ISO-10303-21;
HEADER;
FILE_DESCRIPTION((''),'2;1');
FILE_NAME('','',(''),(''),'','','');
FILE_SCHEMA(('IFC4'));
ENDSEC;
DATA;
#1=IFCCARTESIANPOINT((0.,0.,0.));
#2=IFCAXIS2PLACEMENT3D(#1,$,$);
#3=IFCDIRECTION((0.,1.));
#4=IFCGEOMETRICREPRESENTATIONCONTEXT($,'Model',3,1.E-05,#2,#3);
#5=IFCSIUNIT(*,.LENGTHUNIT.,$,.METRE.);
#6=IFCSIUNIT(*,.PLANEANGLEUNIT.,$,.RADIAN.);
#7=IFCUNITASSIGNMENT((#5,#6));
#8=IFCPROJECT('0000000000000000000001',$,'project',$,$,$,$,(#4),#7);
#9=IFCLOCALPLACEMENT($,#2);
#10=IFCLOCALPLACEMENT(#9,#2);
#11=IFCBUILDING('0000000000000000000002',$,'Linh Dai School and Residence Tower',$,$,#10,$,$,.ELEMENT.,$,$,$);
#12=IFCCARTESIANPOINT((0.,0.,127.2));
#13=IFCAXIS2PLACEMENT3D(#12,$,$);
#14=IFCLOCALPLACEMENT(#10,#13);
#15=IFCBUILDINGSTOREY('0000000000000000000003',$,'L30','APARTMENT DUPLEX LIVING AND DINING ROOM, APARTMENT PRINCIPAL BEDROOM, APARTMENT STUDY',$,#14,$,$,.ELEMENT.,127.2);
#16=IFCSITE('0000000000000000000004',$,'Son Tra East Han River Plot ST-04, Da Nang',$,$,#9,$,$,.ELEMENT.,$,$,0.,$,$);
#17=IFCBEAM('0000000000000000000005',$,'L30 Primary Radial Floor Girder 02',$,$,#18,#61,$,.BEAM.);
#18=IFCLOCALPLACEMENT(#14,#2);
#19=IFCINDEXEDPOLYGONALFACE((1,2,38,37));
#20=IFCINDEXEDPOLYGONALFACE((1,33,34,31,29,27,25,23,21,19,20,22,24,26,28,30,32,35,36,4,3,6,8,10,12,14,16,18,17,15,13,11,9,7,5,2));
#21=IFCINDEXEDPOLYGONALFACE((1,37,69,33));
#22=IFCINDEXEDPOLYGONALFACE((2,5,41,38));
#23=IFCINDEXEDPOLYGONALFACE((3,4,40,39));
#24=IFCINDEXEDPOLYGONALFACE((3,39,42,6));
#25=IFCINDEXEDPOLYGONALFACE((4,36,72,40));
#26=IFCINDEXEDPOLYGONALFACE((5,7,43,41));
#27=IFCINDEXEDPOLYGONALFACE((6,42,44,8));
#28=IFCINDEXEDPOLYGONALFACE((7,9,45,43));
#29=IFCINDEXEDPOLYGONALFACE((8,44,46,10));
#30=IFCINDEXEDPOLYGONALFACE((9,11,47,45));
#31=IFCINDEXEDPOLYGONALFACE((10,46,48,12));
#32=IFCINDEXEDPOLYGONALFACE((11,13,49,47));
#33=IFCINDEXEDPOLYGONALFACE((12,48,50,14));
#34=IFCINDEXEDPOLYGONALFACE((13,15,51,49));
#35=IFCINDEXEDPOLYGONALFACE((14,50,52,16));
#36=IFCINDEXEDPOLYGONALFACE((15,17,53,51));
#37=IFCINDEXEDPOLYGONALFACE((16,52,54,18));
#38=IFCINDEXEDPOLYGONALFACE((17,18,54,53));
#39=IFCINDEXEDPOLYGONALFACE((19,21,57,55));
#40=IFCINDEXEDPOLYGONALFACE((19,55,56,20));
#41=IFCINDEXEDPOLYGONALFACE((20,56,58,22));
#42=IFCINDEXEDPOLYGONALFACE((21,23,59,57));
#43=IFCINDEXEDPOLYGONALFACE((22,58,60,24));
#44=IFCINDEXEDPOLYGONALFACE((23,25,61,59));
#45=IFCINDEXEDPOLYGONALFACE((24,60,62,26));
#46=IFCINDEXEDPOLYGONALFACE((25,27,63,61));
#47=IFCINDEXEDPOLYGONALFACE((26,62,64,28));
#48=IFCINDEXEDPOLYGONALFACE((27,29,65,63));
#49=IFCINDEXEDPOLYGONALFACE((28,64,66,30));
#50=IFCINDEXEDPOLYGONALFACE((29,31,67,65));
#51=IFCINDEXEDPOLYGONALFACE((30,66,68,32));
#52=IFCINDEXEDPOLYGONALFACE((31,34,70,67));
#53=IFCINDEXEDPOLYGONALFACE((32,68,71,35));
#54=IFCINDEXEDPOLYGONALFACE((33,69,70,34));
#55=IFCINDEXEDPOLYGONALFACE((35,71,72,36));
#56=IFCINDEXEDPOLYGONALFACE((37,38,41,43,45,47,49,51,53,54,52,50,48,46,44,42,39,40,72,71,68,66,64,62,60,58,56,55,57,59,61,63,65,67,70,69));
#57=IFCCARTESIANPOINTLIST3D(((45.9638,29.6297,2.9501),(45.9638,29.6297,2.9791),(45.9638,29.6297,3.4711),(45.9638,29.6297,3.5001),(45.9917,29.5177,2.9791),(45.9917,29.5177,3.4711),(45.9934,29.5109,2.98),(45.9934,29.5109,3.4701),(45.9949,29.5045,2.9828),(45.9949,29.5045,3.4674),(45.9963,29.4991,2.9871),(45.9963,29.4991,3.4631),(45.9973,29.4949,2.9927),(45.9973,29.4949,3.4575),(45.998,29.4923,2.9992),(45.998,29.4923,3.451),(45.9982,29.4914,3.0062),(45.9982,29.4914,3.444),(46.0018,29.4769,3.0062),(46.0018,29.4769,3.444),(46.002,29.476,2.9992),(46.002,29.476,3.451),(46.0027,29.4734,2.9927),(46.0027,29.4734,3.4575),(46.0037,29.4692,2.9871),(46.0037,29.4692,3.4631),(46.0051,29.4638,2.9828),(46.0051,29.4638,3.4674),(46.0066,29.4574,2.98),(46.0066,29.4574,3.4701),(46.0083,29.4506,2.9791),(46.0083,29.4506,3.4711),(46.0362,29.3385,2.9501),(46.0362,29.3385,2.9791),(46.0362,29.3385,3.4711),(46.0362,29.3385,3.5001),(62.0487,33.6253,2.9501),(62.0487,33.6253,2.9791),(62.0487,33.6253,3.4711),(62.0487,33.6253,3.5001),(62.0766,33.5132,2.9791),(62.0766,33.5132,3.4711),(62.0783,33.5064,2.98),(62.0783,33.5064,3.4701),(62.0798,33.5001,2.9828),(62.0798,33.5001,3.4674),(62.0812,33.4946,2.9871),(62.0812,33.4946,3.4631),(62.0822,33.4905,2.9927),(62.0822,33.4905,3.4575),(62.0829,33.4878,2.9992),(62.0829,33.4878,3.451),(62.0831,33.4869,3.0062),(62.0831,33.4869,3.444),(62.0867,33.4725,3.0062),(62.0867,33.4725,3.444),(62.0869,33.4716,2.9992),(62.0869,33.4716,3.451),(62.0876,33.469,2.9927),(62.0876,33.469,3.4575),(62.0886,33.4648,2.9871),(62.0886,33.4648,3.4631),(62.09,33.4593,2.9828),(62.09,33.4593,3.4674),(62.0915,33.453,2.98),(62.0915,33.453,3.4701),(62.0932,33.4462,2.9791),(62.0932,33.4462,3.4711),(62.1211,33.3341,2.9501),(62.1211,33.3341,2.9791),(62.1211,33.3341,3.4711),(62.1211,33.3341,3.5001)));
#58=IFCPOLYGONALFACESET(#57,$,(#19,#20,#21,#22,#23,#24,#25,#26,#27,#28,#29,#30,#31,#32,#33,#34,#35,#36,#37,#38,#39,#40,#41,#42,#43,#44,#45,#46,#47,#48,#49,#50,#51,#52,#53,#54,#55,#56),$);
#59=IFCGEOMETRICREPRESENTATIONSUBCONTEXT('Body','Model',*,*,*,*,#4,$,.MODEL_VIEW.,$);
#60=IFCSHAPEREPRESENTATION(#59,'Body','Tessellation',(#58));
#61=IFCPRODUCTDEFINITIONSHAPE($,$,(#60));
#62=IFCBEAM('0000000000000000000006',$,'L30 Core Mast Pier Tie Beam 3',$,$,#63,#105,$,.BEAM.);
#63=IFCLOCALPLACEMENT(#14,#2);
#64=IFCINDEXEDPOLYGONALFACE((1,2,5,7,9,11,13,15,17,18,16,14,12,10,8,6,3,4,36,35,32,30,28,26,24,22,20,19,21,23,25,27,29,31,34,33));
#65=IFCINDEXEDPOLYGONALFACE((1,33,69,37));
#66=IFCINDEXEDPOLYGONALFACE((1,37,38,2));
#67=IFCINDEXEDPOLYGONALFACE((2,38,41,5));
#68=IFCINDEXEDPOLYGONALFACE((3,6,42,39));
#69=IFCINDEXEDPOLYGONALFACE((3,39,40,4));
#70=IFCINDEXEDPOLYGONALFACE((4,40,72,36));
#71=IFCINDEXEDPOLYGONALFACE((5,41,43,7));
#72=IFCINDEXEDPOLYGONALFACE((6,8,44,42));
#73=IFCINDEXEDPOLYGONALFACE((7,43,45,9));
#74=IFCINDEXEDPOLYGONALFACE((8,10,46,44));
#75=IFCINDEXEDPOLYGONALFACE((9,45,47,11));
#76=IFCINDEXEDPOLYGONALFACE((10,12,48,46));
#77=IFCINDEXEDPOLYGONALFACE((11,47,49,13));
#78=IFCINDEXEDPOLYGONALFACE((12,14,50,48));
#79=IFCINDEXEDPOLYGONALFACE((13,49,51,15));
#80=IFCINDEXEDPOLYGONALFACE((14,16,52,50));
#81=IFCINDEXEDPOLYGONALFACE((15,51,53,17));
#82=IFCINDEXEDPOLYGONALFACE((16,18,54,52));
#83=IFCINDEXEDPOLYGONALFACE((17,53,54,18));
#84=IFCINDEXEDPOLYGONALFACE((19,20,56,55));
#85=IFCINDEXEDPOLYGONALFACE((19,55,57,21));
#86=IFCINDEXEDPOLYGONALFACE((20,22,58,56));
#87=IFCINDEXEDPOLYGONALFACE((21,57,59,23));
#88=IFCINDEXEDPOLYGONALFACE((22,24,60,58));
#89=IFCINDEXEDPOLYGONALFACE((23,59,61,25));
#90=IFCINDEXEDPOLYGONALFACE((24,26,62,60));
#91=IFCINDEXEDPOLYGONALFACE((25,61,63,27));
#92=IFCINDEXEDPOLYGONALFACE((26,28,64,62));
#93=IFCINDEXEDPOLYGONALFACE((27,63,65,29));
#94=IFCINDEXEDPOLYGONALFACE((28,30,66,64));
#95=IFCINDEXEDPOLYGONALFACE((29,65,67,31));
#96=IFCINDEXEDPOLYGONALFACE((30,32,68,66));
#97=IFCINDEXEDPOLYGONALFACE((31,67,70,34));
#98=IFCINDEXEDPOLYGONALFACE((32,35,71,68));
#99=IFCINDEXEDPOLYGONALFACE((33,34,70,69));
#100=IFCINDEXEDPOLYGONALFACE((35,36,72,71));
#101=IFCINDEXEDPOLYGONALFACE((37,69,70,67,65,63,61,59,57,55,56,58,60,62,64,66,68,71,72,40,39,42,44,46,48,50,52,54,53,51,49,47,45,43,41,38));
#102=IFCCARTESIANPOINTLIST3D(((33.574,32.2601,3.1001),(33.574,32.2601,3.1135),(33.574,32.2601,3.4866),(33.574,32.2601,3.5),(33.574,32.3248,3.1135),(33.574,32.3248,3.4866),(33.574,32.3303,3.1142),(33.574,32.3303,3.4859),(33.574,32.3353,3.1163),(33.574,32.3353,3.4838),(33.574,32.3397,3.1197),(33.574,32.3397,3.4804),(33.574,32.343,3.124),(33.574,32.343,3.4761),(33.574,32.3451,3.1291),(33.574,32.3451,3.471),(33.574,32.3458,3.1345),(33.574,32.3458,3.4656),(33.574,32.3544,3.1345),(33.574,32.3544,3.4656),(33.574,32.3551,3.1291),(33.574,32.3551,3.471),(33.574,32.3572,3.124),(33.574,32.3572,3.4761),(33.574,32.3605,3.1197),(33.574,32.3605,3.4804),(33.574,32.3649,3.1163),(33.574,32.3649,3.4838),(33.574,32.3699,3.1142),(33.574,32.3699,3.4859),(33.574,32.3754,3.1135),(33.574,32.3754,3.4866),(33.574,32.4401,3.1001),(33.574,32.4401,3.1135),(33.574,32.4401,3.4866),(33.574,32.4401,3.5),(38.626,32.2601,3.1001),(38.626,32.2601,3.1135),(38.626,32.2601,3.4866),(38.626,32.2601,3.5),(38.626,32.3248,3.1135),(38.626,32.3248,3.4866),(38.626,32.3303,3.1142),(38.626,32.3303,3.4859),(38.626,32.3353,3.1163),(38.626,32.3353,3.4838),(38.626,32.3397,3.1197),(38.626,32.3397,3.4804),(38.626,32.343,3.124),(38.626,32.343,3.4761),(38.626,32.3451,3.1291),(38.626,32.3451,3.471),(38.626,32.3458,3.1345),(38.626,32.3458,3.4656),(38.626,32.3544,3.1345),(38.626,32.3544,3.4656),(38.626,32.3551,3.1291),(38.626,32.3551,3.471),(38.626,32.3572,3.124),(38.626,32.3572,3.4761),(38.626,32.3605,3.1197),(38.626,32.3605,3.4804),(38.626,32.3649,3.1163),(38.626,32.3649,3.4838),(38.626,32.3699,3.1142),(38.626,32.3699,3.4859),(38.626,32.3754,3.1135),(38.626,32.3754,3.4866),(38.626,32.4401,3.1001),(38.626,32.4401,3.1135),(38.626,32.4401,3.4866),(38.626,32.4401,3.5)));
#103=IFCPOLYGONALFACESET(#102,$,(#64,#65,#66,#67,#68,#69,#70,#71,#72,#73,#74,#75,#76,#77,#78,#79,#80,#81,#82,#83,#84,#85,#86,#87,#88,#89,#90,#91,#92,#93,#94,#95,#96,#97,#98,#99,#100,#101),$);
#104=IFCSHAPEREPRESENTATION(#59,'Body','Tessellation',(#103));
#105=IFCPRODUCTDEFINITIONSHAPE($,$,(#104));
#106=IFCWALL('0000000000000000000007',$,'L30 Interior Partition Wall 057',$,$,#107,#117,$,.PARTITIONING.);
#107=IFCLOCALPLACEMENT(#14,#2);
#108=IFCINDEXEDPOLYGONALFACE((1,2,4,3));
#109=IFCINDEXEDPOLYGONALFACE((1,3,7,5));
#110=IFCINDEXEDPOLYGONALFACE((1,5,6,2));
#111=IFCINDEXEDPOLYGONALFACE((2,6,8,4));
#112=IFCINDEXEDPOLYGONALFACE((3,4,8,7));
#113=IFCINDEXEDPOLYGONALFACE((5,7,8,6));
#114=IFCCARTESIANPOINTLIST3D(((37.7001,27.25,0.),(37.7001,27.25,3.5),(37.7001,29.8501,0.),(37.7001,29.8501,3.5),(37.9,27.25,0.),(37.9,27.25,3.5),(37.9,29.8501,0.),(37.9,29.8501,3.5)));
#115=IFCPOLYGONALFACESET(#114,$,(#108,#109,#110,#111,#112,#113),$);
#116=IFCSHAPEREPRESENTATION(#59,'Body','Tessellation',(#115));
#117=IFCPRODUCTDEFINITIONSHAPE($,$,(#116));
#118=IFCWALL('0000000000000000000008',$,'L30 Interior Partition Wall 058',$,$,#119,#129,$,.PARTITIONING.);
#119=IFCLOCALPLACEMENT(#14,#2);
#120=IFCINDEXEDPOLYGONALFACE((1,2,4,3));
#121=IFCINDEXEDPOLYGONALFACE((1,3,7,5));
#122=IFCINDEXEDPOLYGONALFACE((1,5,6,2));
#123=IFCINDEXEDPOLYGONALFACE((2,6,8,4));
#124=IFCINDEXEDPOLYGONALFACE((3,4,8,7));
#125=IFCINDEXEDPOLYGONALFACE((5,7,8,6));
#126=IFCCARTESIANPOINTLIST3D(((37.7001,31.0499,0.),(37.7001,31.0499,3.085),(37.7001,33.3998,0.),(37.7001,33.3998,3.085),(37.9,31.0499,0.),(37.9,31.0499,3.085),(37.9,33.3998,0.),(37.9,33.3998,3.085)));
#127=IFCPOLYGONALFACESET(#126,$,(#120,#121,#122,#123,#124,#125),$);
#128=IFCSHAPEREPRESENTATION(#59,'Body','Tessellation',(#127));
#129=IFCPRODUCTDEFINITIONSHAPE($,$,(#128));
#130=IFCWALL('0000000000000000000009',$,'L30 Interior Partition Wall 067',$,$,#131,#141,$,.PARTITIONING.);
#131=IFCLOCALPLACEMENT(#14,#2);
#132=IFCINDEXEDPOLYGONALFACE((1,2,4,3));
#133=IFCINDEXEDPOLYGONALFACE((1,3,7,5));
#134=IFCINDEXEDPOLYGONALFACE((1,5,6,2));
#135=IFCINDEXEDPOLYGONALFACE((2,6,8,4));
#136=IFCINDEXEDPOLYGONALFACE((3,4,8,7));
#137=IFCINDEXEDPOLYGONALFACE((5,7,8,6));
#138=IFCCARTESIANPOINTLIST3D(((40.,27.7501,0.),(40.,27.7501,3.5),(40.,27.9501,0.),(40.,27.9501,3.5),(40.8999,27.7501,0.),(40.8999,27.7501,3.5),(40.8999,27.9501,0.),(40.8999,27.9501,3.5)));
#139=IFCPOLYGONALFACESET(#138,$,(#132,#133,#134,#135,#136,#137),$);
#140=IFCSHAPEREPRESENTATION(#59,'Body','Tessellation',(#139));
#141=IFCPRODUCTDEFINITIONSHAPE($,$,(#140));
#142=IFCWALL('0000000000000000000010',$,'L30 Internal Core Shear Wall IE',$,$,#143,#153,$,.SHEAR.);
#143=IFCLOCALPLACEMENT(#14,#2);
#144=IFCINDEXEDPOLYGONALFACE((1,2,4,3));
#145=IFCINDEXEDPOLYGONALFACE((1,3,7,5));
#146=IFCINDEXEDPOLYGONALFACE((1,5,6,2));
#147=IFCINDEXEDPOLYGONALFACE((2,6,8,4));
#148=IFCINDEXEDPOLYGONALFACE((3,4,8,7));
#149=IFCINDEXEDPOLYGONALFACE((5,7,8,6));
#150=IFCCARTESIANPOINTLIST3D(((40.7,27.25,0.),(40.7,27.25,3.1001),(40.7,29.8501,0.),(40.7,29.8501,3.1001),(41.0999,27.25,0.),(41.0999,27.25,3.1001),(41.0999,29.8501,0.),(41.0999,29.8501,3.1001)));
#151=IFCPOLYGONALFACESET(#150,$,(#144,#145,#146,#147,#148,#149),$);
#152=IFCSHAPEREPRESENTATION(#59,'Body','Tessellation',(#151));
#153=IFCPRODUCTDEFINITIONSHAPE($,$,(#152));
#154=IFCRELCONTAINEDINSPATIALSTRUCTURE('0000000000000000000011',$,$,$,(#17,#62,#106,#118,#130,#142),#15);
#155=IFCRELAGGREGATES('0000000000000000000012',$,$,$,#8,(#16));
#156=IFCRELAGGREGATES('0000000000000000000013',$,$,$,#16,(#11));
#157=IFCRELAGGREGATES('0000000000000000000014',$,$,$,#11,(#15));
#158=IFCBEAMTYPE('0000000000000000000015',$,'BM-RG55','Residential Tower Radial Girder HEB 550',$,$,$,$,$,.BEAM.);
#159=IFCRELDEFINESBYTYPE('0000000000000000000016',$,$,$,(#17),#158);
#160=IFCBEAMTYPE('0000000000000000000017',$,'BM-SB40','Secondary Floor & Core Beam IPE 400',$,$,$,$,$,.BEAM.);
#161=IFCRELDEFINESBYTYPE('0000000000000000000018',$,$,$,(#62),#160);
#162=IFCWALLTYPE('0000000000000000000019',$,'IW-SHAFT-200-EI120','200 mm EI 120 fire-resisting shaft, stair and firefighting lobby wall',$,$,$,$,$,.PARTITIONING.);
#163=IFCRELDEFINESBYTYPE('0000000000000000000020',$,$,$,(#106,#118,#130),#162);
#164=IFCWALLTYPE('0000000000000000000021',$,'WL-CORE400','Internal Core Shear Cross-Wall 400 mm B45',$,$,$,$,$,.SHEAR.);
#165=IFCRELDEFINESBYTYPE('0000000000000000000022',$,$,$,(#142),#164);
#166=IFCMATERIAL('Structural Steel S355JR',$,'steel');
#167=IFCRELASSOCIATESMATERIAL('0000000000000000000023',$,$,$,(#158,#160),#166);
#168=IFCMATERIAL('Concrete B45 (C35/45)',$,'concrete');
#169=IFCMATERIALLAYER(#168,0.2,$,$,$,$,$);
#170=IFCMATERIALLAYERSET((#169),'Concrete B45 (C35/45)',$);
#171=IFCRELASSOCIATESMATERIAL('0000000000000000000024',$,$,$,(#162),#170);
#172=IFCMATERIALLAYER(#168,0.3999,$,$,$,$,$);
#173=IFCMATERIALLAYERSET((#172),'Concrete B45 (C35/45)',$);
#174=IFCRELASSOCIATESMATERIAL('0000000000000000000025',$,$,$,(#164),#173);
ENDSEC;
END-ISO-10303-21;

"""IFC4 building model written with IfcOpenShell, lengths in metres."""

from ifc_helpers import new_model, si_unit, direction, frame, frame_2d, origin, origin_2d, place, context, subcontext, project, spatial, rectangle, i_section, extrude, material, layer, layer_set, material_profile, profile_set, type_object, element, save


model = new_model("IFC4")

# Units and contexts
model_context = context("Model", 3, precision=1e-05, world=origin(), true_north=direction((0.0, 1.0)))
body_context = subcontext(model_context, "Body", "Model", "MODEL_VIEW")
ifc_project = project(units=[si_unit("LENGTHUNIT", "METRE"), si_unit("PLANEANGLEUNIT", "RADIAN")], contexts=[model_context])

# Site, building, storey
site_placement = place(None, origin())
site = spatial("IfcSite", under=ifc_project, at=site_placement, Name="Son Tra East Han River Plot ST-04, Da Nang", CompositionType="ELEMENT", RefElevation=0.0)
building_placement = place(site_placement, origin())
building = spatial("IfcBuilding", under=site, at=building_placement, Name="Linh Dai School and Residence Tower", CompositionType="ELEMENT")
storey_placement = place(building_placement, frame((0.0, 0.0, 127.2)))
storey = spatial("IfcBuildingStorey", under=building, at=storey_placement, Name="L30", Description="APARTMENT DUPLEX LIVING AND DINING ROOM, APARTMENT PRINCIPAL BEDROOM, APARTMENT STUDY", CompositionType="ELEMENT", Elevation=127.2)

# Shared definitions
ifc_material_1 = material(Name="Structural Steel S355JR", Category="steel")

# Beams
ifc_material_profile_1 = material_profile(ifc_material_1, i_section(OverallWidth=0.3, OverallDepth=0.55, WebThickness=0.0149, FlangeThickness=0.0291, FilletRadius=0.0271, at=origin_2d()), Name="HEB 550")
ifc_profile_set_1 = profile_set([ifc_material_profile_1], Name="Structural Steel S355JR")
beam_type_1 = type_object("IfcBeamType", Name="BM-RG55", Description="Residential Tower Radial Girder HEB 550", PredefinedType="BEAM", material=ifc_profile_set_1)
beam_1_placement = place(storey_placement, frame((46.0, 29.4841, 3.2251), z_axis=(0.970505, 0.24108, 0.0), x_axis=(-0.24108, 0.970505, 0.0)))
element("IfcBeam", 1, at=beam_1_placement, inside=storey, type_object=beam_type_1, Name="L30 Primary Radial Floor Girder 02", PredefinedType="BEAM", context=body_context, shape_type="SweptSolid", body=[
    extrude(i_section(OverallWidth=0.3, OverallDepth=0.55, WebThickness=0.0149, FlangeThickness=0.0291, FilletRadius=0.0271, at=origin_2d()), origin(), (0.0, 0.0, 1.0), 16.5737),
])
ifc_material_profile_2 = material_profile(ifc_material_1, i_section(OverallWidth=0.1799, OverallDepth=0.3999, WebThickness=0.0085, FlangeThickness=0.0134, FilletRadius=0.021, at=origin_2d()), Name="IPE 400")
ifc_profile_set_2 = profile_set([ifc_material_profile_2], Name="Structural Steel S355JR")
beam_type_2 = type_object("IfcBeamType", Name="BM-SB40", Description="Secondary Floor & Core Beam IPE 400", PredefinedType="BEAM", material=ifc_profile_set_2)
beam_2_placement = place(storey_placement, frame((38.626, 32.3501, 3.3), z_axis=(-1.0, 0.0, 0.0), x_axis=(0.0, -1.0, 0.0)))
element("IfcBeam", 2, at=beam_2_placement, inside=storey, type_object=beam_type_2, Name="L30 Core Mast Pier Tie Beam 3", PredefinedType="BEAM", context=body_context, shape_type="SweptSolid", body=[
    extrude(i_section(OverallWidth=0.1799, OverallDepth=0.3999, WebThickness=0.0085, FlangeThickness=0.0134, FilletRadius=0.021, at=origin_2d()), origin(), (0.0, 0.0, 1.0), 5.052),
])

# Walls
ifc_material_2 = material(Name="Concrete B45 (C35/45)", Category="concrete")
ifc_layer_1 = layer(ifc_material_2, 0.2)
ifc_layer_set_1 = layer_set([ifc_layer_1], Name="Concrete B45 (C35/45)")
wall_type_1 = type_object("IfcWallType", Name="IW-SHAFT-200-EI120", Description="200 mm EI 120 fire-resisting shaft, stair and firefighting lobby wall", PredefinedType="PARTITIONING", material=ifc_layer_set_1)
wall_1_placement = place(storey_placement, frame((37.8, 27.25, 0.0), z_axis=(0.0, 0.0, 1.0), x_axis=(0.0, 1.0, 0.0)))
element("IfcWall", 3, at=wall_1_placement, inside=storey, type_object=wall_type_1, Name="L30 Interior Partition Wall 057", PredefinedType="PARTITIONING", context=body_context, shape_type="SweptSolid", body=[
    extrude(rectangle(XDim=2.6001, YDim=0.2, at=frame_2d((1.3, 0.0))), origin(), (0.0, 0.0, 1.0), 3.5),
])
wall_2_placement = place(storey_placement, frame((37.8, 31.05, 0.0), z_axis=(0.0, 0.0, 1.0), x_axis=(0.0, 1.0, 0.0)))
element("IfcWall", 4, at=wall_2_placement, inside=storey, type_object=wall_type_1, Name="L30 Interior Partition Wall 058", PredefinedType="PARTITIONING", context=body_context, shape_type="SweptSolid", body=[
    extrude(rectangle(XDim=2.3499, YDim=0.2, at=frame_2d((1.1748, 0.0))), origin(), (0.0, 0.0, 1.0), 3.085),
])
wall_3_placement = place(storey_placement, frame((40.0, 27.8501, 0.0), z_axis=(0.0, 0.0, 1.0), x_axis=(1.0, 0.0, 0.0)))
element("IfcWall", 5, at=wall_3_placement, inside=storey, type_object=wall_type_1, Name="L30 Interior Partition Wall 067", PredefinedType="PARTITIONING", context=body_context, shape_type="SweptSolid", body=[
    extrude(rectangle(XDim=0.8999, YDim=0.2, at=frame_2d((0.45, 0.0))), origin(), (0.0, 0.0, 1.0), 3.5),
])
ifc_layer_2 = layer(ifc_material_2, 0.3999)
ifc_layer_set_2 = layer_set([ifc_layer_2], Name="Concrete B45 (C35/45)")
wall_type_2 = type_object("IfcWallType", Name="WL-CORE400", Description="Internal Core Shear Cross-Wall 400 mm B45", PredefinedType="SHEAR", material=ifc_layer_set_2)
wall_4_placement = place(storey_placement, frame((40.8999, 27.25, 0.0), z_axis=(0.0, 0.0, 1.0), x_axis=(0.0, 1.0, 0.0)))
element("IfcWall", 6, at=wall_4_placement, inside=storey, type_object=wall_type_2, Name="L30 Internal Core Shear Wall IE", PredefinedType="SHEAR", context=body_context, shape_type="SweptSolid", body=[
    extrude(rectangle(XDim=2.6001, YDim=0.3999, at=frame_2d((1.3, 0.0))), origin(), (0.0, 0.0, 1.0), 3.1001),
])

save(model, "model.ifc")
